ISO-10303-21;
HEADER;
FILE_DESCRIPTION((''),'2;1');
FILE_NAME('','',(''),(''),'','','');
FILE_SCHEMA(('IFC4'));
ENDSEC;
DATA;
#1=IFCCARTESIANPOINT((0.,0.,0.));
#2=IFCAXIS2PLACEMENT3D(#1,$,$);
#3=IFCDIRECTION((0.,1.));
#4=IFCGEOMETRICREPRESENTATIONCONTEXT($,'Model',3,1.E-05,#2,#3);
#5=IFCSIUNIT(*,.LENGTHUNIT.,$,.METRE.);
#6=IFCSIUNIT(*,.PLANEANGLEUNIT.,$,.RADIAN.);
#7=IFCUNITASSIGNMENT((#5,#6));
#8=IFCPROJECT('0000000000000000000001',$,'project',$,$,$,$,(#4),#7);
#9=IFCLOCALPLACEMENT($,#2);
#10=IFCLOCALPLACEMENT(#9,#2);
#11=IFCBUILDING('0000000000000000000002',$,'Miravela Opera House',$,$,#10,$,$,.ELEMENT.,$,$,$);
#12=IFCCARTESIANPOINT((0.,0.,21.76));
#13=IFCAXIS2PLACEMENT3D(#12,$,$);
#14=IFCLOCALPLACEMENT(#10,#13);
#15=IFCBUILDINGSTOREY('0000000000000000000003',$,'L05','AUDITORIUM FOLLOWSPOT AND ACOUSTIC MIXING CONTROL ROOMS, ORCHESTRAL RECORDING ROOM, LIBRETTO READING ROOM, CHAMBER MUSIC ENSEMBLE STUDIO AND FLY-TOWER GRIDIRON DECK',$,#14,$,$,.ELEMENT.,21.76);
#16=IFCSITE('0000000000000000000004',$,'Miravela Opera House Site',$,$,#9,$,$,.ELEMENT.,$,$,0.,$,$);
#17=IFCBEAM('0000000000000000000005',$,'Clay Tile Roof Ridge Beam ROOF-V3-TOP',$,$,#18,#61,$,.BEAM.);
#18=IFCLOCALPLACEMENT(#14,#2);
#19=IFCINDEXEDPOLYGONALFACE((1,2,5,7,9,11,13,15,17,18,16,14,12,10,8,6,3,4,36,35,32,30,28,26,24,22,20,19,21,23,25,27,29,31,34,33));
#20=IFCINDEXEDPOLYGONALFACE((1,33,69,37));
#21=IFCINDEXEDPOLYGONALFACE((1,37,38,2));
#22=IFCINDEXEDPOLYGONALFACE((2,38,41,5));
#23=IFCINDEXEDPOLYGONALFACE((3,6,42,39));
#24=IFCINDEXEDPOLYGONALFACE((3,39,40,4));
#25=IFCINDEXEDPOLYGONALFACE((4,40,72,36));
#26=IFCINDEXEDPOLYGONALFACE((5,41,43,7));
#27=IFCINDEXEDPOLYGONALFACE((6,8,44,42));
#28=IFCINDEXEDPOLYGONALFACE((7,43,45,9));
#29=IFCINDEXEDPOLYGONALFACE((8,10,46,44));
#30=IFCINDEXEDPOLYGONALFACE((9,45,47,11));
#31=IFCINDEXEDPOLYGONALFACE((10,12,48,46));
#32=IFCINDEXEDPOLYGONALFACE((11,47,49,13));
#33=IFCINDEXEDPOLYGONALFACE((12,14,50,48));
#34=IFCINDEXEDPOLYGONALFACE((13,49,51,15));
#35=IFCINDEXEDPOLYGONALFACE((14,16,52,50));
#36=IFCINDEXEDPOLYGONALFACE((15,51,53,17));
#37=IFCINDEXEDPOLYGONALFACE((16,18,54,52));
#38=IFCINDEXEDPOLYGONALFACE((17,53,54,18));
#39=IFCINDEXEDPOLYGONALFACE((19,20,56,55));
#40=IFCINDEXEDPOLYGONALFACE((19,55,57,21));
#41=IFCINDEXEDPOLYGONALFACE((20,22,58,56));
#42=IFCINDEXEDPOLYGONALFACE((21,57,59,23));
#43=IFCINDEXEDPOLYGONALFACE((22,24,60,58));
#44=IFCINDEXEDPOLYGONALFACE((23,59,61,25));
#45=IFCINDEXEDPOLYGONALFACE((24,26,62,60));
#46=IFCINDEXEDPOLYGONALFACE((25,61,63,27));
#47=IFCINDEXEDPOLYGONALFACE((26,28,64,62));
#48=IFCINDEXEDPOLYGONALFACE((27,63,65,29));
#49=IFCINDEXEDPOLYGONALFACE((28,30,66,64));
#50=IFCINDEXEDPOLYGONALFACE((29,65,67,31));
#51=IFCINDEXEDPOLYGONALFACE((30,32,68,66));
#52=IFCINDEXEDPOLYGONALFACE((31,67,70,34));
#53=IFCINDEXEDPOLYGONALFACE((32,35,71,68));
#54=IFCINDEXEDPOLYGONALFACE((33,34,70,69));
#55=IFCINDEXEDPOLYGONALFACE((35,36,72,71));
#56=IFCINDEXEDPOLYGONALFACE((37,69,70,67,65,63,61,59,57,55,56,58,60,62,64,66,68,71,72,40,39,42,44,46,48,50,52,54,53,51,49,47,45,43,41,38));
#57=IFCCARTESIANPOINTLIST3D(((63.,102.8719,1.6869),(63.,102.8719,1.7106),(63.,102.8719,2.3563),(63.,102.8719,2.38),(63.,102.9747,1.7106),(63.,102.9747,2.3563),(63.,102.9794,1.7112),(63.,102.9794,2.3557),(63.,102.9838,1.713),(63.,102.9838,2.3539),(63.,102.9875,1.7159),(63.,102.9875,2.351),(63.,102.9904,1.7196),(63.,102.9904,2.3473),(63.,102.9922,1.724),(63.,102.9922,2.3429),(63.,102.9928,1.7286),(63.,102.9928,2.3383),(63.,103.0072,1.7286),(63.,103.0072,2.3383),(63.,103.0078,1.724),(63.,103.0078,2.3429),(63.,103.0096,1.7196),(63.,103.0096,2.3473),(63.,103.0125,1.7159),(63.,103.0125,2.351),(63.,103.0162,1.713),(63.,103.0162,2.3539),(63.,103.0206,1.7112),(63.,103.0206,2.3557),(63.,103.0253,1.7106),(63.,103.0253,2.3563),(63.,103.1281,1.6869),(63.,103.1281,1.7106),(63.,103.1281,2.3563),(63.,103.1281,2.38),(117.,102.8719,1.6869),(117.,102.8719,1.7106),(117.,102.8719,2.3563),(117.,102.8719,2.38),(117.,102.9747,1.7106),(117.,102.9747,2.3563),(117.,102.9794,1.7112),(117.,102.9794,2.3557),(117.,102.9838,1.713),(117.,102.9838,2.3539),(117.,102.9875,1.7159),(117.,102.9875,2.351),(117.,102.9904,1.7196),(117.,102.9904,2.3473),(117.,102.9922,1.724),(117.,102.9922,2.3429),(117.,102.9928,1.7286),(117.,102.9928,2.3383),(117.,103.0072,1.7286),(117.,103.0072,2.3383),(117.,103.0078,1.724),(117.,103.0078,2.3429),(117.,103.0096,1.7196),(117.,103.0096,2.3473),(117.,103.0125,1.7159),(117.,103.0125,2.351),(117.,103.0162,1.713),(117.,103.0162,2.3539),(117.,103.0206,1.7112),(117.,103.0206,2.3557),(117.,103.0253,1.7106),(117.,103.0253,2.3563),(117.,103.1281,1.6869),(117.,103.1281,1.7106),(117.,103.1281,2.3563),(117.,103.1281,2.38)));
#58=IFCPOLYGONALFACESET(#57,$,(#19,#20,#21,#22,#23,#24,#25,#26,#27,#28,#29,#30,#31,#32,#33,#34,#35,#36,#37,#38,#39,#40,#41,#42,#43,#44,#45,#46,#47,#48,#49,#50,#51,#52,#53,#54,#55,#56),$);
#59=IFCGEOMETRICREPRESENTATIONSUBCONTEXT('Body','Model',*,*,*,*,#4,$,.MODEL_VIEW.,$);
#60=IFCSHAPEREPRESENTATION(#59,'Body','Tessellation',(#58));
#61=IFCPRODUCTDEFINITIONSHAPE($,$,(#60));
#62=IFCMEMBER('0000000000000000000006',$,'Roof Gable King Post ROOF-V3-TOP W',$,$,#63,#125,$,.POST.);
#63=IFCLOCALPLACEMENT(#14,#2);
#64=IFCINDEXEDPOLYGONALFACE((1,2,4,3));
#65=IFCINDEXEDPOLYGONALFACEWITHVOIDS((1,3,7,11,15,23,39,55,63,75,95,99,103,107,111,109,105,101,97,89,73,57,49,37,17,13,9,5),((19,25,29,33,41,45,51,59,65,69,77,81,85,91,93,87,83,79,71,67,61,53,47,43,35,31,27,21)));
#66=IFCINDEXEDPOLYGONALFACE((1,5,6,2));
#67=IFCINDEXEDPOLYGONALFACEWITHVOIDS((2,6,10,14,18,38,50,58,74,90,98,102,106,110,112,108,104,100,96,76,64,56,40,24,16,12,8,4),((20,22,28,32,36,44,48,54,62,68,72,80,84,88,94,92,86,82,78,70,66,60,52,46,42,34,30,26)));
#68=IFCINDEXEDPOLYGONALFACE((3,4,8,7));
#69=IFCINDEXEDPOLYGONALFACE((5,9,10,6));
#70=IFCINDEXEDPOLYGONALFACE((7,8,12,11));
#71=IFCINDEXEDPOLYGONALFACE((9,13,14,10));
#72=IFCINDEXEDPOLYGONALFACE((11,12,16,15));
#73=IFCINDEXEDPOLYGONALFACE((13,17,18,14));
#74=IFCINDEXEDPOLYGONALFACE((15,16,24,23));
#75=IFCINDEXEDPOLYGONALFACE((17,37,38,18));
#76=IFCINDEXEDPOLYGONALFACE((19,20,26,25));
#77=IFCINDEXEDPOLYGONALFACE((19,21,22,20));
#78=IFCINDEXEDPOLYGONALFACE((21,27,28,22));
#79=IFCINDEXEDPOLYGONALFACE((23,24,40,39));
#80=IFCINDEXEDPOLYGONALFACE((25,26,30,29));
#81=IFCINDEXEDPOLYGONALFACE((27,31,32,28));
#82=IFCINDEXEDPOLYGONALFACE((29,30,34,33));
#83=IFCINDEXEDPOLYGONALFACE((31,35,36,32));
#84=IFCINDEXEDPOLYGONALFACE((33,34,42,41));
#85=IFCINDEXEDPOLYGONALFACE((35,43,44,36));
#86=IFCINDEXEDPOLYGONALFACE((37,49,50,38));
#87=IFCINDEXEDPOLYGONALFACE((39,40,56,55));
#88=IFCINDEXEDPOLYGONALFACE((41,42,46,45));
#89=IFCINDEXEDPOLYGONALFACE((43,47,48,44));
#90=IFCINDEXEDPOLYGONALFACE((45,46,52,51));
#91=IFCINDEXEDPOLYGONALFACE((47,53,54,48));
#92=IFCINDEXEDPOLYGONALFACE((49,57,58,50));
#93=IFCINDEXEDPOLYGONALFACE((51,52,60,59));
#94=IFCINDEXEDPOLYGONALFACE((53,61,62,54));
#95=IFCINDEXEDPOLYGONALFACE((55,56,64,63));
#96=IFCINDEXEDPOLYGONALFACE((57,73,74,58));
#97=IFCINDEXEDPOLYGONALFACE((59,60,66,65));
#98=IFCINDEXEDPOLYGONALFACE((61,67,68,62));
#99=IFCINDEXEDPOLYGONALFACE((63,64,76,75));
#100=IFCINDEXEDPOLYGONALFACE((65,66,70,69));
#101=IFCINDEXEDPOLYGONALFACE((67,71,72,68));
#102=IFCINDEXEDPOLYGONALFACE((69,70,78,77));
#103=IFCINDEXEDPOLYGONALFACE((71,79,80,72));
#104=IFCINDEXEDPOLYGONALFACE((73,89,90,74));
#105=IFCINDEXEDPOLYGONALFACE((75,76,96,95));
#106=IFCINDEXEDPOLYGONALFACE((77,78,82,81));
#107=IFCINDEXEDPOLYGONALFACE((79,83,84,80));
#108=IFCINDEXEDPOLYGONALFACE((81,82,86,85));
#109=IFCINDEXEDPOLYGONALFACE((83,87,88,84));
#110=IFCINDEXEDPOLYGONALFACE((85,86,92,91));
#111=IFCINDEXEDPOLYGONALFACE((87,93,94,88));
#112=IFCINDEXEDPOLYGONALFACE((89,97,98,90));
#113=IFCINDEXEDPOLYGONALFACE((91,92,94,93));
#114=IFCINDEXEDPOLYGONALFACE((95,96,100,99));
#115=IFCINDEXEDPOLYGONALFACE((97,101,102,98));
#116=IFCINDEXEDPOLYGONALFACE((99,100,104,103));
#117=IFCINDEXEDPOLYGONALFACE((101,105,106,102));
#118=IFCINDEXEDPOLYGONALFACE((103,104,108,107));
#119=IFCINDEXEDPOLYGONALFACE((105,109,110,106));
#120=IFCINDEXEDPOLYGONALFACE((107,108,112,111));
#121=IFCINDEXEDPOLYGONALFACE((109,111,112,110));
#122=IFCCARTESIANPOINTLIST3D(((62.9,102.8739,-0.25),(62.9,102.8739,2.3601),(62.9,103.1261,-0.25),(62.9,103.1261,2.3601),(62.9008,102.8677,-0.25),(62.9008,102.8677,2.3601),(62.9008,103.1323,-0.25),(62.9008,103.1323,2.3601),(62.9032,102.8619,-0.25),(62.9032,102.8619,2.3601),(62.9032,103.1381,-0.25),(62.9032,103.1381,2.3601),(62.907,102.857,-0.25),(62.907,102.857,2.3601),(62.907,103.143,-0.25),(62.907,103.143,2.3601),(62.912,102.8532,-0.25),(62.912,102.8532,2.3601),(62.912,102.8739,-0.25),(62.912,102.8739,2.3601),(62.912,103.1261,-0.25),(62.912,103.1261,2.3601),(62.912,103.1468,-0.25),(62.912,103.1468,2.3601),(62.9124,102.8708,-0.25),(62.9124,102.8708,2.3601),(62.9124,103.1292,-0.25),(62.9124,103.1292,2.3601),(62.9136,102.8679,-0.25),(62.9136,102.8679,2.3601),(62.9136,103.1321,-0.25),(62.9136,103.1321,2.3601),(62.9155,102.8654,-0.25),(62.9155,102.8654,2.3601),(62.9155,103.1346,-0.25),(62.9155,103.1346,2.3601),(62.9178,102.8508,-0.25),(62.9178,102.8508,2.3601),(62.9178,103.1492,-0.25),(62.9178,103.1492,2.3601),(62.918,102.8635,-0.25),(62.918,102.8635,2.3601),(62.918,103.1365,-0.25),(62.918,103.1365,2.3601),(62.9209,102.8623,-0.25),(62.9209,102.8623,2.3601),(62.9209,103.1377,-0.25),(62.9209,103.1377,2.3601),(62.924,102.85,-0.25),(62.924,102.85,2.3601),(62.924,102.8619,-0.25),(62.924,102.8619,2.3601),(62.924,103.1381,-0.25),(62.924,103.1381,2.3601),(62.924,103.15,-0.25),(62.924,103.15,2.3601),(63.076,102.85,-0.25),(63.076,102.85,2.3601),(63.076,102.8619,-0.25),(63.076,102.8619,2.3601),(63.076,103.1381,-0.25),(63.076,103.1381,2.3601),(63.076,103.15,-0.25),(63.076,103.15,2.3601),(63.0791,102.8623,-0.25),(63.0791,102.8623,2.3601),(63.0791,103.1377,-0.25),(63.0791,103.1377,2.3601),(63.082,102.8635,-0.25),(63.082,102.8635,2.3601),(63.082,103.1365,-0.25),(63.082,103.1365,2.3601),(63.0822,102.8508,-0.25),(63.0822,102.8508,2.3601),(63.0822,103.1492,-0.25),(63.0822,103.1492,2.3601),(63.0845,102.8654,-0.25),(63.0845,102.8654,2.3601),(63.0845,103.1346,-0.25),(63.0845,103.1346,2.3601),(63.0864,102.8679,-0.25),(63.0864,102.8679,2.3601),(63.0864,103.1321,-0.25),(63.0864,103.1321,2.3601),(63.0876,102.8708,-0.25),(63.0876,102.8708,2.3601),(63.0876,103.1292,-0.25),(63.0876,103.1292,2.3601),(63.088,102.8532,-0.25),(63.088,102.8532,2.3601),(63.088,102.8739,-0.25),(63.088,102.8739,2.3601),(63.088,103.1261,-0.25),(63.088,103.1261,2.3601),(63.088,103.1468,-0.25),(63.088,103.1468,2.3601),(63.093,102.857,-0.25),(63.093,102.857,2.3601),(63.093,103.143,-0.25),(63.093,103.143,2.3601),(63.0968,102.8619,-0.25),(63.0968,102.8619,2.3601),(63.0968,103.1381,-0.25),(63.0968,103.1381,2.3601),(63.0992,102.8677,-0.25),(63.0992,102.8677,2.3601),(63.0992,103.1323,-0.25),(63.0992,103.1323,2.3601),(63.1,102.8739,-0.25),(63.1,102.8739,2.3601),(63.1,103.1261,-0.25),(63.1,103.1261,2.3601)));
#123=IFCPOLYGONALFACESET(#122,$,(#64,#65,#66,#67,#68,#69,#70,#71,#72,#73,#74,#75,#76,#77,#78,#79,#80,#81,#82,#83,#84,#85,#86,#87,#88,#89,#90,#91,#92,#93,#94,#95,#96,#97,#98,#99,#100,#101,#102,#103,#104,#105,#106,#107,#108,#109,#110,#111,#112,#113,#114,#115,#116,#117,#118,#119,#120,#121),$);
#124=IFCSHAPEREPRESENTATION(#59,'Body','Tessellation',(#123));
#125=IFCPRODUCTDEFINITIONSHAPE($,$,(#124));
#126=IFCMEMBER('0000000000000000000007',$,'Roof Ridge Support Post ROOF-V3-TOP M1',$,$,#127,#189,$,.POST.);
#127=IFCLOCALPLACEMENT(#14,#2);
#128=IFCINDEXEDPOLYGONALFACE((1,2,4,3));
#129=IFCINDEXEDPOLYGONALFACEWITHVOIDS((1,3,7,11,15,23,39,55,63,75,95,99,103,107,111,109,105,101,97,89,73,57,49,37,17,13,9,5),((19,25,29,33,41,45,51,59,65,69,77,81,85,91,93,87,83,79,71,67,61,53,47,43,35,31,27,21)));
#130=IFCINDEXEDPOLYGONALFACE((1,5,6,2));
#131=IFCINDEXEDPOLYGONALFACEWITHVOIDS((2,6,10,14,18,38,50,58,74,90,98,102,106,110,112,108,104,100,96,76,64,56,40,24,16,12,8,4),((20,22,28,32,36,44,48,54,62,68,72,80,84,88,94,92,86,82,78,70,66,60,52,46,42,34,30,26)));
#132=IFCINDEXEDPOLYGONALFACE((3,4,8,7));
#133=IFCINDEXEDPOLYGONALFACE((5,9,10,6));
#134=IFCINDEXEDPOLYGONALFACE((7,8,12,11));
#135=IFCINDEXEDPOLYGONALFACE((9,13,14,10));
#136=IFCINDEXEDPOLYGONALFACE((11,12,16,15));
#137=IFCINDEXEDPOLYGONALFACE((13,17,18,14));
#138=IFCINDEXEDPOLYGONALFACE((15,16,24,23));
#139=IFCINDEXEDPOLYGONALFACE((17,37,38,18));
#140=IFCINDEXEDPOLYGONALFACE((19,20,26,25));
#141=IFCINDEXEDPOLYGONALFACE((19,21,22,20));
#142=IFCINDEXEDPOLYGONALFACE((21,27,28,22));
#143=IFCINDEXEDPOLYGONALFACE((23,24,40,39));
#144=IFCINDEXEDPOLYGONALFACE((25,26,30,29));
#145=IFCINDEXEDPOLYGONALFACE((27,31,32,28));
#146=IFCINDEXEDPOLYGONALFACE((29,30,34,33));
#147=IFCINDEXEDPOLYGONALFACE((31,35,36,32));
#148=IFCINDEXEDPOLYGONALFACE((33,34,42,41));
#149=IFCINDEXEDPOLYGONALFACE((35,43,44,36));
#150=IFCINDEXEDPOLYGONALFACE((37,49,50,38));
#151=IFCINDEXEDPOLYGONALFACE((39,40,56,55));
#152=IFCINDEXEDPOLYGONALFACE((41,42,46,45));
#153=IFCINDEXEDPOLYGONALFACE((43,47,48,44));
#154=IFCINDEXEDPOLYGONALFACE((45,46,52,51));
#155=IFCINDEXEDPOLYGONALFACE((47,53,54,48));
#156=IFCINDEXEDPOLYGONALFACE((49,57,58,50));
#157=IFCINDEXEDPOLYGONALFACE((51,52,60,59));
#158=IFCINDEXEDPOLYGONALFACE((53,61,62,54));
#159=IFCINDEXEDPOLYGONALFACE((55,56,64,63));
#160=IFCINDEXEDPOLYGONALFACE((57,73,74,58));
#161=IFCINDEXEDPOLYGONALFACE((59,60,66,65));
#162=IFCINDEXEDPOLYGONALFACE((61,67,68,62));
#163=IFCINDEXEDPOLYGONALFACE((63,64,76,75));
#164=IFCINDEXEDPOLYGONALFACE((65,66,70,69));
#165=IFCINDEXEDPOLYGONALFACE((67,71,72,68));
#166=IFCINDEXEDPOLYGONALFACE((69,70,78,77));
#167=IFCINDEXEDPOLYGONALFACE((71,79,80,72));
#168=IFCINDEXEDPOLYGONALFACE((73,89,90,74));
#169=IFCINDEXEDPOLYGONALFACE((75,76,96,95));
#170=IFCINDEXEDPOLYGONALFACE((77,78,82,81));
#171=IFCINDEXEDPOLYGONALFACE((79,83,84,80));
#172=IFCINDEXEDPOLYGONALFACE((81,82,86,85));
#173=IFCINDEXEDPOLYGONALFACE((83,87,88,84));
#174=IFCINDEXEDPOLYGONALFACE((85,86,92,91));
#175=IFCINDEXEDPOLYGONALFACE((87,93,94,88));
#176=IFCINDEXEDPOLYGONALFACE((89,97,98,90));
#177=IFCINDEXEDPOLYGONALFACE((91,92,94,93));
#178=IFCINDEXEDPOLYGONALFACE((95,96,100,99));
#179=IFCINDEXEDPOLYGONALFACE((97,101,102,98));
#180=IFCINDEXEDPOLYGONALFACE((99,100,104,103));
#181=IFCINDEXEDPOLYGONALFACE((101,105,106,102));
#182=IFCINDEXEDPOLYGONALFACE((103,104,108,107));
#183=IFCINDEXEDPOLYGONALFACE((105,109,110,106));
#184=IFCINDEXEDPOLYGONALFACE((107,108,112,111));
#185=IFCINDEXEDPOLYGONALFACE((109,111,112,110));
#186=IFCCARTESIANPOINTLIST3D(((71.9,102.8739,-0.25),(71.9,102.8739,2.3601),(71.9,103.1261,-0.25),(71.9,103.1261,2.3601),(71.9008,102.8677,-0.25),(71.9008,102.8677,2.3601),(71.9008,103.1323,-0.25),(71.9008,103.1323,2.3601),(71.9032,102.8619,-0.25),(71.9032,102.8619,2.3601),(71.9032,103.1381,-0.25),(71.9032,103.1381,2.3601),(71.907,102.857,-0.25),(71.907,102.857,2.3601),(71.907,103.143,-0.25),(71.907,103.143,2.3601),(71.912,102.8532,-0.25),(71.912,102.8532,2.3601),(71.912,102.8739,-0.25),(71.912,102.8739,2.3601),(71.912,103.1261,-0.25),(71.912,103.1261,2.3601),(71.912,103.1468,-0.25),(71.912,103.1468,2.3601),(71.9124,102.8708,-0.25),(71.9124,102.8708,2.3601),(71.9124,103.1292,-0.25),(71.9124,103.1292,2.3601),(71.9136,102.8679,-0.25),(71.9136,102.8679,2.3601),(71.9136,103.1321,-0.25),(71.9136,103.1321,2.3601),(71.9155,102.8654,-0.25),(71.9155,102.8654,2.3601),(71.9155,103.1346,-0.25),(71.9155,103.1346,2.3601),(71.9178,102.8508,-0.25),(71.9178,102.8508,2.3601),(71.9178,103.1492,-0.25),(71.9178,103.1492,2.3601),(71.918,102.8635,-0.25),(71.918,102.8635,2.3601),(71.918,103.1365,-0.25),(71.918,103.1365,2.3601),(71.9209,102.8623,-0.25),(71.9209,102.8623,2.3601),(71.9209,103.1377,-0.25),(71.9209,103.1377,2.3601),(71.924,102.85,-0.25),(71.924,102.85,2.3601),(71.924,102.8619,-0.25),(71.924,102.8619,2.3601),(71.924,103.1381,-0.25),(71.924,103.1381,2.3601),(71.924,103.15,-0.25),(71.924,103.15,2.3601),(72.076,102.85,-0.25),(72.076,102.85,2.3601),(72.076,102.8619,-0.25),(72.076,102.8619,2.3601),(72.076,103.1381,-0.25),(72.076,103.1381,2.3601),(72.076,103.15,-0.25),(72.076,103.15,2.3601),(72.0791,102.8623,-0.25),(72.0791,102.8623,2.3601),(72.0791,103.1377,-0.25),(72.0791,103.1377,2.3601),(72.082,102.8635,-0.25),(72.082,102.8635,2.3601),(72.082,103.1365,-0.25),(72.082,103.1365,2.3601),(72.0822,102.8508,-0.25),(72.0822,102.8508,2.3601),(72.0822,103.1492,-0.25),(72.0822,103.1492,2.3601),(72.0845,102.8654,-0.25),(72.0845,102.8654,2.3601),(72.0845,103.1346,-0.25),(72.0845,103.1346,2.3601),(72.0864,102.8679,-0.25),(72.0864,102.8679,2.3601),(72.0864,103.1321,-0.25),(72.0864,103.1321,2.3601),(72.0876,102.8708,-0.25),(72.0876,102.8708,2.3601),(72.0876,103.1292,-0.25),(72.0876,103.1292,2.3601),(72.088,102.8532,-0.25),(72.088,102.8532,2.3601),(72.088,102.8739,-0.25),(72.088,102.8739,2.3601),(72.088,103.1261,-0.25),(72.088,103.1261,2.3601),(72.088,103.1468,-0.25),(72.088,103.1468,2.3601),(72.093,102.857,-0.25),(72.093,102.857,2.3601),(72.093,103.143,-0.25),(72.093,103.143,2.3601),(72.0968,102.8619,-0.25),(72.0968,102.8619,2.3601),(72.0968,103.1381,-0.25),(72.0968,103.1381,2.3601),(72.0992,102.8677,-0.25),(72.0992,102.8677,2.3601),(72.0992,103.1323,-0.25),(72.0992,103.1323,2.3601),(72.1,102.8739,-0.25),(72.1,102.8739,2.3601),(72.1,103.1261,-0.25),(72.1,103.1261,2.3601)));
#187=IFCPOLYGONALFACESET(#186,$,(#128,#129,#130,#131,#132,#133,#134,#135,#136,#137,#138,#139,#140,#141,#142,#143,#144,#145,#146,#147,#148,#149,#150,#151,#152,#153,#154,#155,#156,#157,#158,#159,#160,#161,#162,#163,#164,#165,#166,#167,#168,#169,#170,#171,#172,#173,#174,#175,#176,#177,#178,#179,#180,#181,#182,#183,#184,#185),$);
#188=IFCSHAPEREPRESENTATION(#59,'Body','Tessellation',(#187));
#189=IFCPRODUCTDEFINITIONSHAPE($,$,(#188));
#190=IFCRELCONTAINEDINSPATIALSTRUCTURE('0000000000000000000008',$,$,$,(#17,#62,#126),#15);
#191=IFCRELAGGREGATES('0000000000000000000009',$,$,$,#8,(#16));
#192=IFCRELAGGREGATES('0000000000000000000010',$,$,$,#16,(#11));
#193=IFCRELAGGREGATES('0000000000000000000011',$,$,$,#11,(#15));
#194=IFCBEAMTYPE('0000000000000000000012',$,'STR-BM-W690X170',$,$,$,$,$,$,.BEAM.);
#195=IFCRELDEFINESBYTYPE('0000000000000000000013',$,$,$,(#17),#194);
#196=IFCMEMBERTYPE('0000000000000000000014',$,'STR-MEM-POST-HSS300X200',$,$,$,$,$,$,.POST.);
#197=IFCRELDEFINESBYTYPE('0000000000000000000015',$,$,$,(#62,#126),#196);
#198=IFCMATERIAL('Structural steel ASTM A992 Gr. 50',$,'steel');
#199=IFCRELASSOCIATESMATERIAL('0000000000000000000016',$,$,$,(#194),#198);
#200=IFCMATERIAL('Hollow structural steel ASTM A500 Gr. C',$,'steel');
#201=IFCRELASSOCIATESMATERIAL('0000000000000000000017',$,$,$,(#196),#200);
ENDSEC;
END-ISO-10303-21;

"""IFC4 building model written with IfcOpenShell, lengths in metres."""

from ifc_helpers import new_model, si_unit, direction, frame, origin, origin_2d, place, context, subcontext, project, spatial, hollow_rectangle, i_section, extrude, material, material_profile, profile_set, type_object, element, save


model = new_model("IFC4")

# Units and contexts
model_context = context("Model", 3, precision=1e-05, world=origin(), true_north=direction((0.0, 1.0)))
body_context = subcontext(model_context, "Body", "Model", "MODEL_VIEW")
ifc_project = project(units=[si_unit("LENGTHUNIT", "METRE"), si_unit("PLANEANGLEUNIT", "RADIAN")], contexts=[model_context])

# Site, building, storey
site_placement = place(None, origin())
site = spatial("IfcSite", under=ifc_project, at=site_placement, Name="Miravela Opera House Site", CompositionType="ELEMENT", RefElevation=0.0)
building_placement = place(site_placement, origin())
building = spatial("IfcBuilding", under=site, at=building_placement, Name="Miravela Opera House", CompositionType="ELEMENT")
storey_placement = place(building_placement, frame((0.0, 0.0, 21.76)))
storey = spatial("IfcBuildingStorey", under=building, at=storey_placement, Name="L05", Description="AUDITORIUM FOLLOWSPOT AND ACOUSTIC MIXING CONTROL ROOMS, ORCHESTRAL RECORDING ROOM, LIBRETTO READING ROOM, CHAMBER MUSIC ENSEMBLE STUDIO AND FLY-TOWER GRIDIRON DECK", CompositionType="ELEMENT", Elevation=21.76)

# Beam
ifc_material_1 = material(Name="Structural steel ASTM A992 Gr. 50", Category="steel")
ifc_material_profile_1 = material_profile(ifc_material_1, i_section(OverallWidth=0.2561, OverallDepth=0.6931, WebThickness=0.0144, FlangeThickness=0.0237, FilletRadius=0.0181, at=origin_2d()), Name="W690X170")
ifc_profile_set_1 = profile_set([ifc_material_profile_1])
beam_type = type_object("IfcBeamType", Name="STR-BM-W690X170", PredefinedType="BEAM", material=ifc_profile_set_1)
beam_placement = place(storey_placement, frame((63.0, 103.0, 2.0334), z_axis=(1.0, 0.0, 0.0), x_axis=(0.0, 1.0, 0.0)))
element("IfcBeam", 1, at=beam_placement, inside=storey, type_object=beam_type, Name="Clay Tile Roof Ridge Beam ROOF-V3-TOP", PredefinedType="BEAM", context=body_context, shape_type="SweptSolid", body=[
    extrude(i_section(OverallWidth=0.2561, OverallDepth=0.6931, WebThickness=0.0144, FlangeThickness=0.0237, FilletRadius=0.0181, at=origin_2d()), origin(), (0.0, 0.0, 1.0), 54.0),
])

# Members
ifc_material_2 = material(Name="Hollow structural steel ASTM A500 Gr. C", Category="steel")
ifc_material_profile_2 = material_profile(ifc_material_2, hollow_rectangle(XDim=0.2, YDim=0.3, WallThickness=0.012, InnerFilletRadius=0.012, OuterFilletRadius=0.0239, at=origin_2d()), Name="HSS300X200X12")
ifc_profile_set_2 = profile_set([ifc_material_profile_2])
member_type_1 = type_object("IfcMemberType", Name="STR-MEM-POST-HSS300X200", PredefinedType="POST", material=ifc_profile_set_2)
for number, where, z_axis, x_axis, name in (
    (2, (63.0, 103.0, -0.25), (0.0, 0.0, 1.0), (1.0, 0.0, 0.0), "Roof Gable King Post ROOF-V3-TOP W"),
    (3, (72.0, 103.0, -0.25), (0.0, 0.0, 1.0), (1.0, 0.0, 0.0), "Roof Ridge Support Post ROOF-V3-TOP M1"),
):
    element("IfcMember", number, at=place(storey_placement, frame(where, z_axis=z_axis, x_axis=x_axis)), inside=storey, type_object=member_type_1, Name=name, PredefinedType="POST", context=body_context, shape_type="SweptSolid", body=[
        extrude(hollow_rectangle(XDim=0.2, YDim=0.3, WallThickness=0.012, InnerFilletRadius=0.012, OuterFilletRadius=0.0239, at=origin_2d()), origin(), (0.0, 0.0, 1.0), 2.6101),
    ])

save(model, "model.ifc")
